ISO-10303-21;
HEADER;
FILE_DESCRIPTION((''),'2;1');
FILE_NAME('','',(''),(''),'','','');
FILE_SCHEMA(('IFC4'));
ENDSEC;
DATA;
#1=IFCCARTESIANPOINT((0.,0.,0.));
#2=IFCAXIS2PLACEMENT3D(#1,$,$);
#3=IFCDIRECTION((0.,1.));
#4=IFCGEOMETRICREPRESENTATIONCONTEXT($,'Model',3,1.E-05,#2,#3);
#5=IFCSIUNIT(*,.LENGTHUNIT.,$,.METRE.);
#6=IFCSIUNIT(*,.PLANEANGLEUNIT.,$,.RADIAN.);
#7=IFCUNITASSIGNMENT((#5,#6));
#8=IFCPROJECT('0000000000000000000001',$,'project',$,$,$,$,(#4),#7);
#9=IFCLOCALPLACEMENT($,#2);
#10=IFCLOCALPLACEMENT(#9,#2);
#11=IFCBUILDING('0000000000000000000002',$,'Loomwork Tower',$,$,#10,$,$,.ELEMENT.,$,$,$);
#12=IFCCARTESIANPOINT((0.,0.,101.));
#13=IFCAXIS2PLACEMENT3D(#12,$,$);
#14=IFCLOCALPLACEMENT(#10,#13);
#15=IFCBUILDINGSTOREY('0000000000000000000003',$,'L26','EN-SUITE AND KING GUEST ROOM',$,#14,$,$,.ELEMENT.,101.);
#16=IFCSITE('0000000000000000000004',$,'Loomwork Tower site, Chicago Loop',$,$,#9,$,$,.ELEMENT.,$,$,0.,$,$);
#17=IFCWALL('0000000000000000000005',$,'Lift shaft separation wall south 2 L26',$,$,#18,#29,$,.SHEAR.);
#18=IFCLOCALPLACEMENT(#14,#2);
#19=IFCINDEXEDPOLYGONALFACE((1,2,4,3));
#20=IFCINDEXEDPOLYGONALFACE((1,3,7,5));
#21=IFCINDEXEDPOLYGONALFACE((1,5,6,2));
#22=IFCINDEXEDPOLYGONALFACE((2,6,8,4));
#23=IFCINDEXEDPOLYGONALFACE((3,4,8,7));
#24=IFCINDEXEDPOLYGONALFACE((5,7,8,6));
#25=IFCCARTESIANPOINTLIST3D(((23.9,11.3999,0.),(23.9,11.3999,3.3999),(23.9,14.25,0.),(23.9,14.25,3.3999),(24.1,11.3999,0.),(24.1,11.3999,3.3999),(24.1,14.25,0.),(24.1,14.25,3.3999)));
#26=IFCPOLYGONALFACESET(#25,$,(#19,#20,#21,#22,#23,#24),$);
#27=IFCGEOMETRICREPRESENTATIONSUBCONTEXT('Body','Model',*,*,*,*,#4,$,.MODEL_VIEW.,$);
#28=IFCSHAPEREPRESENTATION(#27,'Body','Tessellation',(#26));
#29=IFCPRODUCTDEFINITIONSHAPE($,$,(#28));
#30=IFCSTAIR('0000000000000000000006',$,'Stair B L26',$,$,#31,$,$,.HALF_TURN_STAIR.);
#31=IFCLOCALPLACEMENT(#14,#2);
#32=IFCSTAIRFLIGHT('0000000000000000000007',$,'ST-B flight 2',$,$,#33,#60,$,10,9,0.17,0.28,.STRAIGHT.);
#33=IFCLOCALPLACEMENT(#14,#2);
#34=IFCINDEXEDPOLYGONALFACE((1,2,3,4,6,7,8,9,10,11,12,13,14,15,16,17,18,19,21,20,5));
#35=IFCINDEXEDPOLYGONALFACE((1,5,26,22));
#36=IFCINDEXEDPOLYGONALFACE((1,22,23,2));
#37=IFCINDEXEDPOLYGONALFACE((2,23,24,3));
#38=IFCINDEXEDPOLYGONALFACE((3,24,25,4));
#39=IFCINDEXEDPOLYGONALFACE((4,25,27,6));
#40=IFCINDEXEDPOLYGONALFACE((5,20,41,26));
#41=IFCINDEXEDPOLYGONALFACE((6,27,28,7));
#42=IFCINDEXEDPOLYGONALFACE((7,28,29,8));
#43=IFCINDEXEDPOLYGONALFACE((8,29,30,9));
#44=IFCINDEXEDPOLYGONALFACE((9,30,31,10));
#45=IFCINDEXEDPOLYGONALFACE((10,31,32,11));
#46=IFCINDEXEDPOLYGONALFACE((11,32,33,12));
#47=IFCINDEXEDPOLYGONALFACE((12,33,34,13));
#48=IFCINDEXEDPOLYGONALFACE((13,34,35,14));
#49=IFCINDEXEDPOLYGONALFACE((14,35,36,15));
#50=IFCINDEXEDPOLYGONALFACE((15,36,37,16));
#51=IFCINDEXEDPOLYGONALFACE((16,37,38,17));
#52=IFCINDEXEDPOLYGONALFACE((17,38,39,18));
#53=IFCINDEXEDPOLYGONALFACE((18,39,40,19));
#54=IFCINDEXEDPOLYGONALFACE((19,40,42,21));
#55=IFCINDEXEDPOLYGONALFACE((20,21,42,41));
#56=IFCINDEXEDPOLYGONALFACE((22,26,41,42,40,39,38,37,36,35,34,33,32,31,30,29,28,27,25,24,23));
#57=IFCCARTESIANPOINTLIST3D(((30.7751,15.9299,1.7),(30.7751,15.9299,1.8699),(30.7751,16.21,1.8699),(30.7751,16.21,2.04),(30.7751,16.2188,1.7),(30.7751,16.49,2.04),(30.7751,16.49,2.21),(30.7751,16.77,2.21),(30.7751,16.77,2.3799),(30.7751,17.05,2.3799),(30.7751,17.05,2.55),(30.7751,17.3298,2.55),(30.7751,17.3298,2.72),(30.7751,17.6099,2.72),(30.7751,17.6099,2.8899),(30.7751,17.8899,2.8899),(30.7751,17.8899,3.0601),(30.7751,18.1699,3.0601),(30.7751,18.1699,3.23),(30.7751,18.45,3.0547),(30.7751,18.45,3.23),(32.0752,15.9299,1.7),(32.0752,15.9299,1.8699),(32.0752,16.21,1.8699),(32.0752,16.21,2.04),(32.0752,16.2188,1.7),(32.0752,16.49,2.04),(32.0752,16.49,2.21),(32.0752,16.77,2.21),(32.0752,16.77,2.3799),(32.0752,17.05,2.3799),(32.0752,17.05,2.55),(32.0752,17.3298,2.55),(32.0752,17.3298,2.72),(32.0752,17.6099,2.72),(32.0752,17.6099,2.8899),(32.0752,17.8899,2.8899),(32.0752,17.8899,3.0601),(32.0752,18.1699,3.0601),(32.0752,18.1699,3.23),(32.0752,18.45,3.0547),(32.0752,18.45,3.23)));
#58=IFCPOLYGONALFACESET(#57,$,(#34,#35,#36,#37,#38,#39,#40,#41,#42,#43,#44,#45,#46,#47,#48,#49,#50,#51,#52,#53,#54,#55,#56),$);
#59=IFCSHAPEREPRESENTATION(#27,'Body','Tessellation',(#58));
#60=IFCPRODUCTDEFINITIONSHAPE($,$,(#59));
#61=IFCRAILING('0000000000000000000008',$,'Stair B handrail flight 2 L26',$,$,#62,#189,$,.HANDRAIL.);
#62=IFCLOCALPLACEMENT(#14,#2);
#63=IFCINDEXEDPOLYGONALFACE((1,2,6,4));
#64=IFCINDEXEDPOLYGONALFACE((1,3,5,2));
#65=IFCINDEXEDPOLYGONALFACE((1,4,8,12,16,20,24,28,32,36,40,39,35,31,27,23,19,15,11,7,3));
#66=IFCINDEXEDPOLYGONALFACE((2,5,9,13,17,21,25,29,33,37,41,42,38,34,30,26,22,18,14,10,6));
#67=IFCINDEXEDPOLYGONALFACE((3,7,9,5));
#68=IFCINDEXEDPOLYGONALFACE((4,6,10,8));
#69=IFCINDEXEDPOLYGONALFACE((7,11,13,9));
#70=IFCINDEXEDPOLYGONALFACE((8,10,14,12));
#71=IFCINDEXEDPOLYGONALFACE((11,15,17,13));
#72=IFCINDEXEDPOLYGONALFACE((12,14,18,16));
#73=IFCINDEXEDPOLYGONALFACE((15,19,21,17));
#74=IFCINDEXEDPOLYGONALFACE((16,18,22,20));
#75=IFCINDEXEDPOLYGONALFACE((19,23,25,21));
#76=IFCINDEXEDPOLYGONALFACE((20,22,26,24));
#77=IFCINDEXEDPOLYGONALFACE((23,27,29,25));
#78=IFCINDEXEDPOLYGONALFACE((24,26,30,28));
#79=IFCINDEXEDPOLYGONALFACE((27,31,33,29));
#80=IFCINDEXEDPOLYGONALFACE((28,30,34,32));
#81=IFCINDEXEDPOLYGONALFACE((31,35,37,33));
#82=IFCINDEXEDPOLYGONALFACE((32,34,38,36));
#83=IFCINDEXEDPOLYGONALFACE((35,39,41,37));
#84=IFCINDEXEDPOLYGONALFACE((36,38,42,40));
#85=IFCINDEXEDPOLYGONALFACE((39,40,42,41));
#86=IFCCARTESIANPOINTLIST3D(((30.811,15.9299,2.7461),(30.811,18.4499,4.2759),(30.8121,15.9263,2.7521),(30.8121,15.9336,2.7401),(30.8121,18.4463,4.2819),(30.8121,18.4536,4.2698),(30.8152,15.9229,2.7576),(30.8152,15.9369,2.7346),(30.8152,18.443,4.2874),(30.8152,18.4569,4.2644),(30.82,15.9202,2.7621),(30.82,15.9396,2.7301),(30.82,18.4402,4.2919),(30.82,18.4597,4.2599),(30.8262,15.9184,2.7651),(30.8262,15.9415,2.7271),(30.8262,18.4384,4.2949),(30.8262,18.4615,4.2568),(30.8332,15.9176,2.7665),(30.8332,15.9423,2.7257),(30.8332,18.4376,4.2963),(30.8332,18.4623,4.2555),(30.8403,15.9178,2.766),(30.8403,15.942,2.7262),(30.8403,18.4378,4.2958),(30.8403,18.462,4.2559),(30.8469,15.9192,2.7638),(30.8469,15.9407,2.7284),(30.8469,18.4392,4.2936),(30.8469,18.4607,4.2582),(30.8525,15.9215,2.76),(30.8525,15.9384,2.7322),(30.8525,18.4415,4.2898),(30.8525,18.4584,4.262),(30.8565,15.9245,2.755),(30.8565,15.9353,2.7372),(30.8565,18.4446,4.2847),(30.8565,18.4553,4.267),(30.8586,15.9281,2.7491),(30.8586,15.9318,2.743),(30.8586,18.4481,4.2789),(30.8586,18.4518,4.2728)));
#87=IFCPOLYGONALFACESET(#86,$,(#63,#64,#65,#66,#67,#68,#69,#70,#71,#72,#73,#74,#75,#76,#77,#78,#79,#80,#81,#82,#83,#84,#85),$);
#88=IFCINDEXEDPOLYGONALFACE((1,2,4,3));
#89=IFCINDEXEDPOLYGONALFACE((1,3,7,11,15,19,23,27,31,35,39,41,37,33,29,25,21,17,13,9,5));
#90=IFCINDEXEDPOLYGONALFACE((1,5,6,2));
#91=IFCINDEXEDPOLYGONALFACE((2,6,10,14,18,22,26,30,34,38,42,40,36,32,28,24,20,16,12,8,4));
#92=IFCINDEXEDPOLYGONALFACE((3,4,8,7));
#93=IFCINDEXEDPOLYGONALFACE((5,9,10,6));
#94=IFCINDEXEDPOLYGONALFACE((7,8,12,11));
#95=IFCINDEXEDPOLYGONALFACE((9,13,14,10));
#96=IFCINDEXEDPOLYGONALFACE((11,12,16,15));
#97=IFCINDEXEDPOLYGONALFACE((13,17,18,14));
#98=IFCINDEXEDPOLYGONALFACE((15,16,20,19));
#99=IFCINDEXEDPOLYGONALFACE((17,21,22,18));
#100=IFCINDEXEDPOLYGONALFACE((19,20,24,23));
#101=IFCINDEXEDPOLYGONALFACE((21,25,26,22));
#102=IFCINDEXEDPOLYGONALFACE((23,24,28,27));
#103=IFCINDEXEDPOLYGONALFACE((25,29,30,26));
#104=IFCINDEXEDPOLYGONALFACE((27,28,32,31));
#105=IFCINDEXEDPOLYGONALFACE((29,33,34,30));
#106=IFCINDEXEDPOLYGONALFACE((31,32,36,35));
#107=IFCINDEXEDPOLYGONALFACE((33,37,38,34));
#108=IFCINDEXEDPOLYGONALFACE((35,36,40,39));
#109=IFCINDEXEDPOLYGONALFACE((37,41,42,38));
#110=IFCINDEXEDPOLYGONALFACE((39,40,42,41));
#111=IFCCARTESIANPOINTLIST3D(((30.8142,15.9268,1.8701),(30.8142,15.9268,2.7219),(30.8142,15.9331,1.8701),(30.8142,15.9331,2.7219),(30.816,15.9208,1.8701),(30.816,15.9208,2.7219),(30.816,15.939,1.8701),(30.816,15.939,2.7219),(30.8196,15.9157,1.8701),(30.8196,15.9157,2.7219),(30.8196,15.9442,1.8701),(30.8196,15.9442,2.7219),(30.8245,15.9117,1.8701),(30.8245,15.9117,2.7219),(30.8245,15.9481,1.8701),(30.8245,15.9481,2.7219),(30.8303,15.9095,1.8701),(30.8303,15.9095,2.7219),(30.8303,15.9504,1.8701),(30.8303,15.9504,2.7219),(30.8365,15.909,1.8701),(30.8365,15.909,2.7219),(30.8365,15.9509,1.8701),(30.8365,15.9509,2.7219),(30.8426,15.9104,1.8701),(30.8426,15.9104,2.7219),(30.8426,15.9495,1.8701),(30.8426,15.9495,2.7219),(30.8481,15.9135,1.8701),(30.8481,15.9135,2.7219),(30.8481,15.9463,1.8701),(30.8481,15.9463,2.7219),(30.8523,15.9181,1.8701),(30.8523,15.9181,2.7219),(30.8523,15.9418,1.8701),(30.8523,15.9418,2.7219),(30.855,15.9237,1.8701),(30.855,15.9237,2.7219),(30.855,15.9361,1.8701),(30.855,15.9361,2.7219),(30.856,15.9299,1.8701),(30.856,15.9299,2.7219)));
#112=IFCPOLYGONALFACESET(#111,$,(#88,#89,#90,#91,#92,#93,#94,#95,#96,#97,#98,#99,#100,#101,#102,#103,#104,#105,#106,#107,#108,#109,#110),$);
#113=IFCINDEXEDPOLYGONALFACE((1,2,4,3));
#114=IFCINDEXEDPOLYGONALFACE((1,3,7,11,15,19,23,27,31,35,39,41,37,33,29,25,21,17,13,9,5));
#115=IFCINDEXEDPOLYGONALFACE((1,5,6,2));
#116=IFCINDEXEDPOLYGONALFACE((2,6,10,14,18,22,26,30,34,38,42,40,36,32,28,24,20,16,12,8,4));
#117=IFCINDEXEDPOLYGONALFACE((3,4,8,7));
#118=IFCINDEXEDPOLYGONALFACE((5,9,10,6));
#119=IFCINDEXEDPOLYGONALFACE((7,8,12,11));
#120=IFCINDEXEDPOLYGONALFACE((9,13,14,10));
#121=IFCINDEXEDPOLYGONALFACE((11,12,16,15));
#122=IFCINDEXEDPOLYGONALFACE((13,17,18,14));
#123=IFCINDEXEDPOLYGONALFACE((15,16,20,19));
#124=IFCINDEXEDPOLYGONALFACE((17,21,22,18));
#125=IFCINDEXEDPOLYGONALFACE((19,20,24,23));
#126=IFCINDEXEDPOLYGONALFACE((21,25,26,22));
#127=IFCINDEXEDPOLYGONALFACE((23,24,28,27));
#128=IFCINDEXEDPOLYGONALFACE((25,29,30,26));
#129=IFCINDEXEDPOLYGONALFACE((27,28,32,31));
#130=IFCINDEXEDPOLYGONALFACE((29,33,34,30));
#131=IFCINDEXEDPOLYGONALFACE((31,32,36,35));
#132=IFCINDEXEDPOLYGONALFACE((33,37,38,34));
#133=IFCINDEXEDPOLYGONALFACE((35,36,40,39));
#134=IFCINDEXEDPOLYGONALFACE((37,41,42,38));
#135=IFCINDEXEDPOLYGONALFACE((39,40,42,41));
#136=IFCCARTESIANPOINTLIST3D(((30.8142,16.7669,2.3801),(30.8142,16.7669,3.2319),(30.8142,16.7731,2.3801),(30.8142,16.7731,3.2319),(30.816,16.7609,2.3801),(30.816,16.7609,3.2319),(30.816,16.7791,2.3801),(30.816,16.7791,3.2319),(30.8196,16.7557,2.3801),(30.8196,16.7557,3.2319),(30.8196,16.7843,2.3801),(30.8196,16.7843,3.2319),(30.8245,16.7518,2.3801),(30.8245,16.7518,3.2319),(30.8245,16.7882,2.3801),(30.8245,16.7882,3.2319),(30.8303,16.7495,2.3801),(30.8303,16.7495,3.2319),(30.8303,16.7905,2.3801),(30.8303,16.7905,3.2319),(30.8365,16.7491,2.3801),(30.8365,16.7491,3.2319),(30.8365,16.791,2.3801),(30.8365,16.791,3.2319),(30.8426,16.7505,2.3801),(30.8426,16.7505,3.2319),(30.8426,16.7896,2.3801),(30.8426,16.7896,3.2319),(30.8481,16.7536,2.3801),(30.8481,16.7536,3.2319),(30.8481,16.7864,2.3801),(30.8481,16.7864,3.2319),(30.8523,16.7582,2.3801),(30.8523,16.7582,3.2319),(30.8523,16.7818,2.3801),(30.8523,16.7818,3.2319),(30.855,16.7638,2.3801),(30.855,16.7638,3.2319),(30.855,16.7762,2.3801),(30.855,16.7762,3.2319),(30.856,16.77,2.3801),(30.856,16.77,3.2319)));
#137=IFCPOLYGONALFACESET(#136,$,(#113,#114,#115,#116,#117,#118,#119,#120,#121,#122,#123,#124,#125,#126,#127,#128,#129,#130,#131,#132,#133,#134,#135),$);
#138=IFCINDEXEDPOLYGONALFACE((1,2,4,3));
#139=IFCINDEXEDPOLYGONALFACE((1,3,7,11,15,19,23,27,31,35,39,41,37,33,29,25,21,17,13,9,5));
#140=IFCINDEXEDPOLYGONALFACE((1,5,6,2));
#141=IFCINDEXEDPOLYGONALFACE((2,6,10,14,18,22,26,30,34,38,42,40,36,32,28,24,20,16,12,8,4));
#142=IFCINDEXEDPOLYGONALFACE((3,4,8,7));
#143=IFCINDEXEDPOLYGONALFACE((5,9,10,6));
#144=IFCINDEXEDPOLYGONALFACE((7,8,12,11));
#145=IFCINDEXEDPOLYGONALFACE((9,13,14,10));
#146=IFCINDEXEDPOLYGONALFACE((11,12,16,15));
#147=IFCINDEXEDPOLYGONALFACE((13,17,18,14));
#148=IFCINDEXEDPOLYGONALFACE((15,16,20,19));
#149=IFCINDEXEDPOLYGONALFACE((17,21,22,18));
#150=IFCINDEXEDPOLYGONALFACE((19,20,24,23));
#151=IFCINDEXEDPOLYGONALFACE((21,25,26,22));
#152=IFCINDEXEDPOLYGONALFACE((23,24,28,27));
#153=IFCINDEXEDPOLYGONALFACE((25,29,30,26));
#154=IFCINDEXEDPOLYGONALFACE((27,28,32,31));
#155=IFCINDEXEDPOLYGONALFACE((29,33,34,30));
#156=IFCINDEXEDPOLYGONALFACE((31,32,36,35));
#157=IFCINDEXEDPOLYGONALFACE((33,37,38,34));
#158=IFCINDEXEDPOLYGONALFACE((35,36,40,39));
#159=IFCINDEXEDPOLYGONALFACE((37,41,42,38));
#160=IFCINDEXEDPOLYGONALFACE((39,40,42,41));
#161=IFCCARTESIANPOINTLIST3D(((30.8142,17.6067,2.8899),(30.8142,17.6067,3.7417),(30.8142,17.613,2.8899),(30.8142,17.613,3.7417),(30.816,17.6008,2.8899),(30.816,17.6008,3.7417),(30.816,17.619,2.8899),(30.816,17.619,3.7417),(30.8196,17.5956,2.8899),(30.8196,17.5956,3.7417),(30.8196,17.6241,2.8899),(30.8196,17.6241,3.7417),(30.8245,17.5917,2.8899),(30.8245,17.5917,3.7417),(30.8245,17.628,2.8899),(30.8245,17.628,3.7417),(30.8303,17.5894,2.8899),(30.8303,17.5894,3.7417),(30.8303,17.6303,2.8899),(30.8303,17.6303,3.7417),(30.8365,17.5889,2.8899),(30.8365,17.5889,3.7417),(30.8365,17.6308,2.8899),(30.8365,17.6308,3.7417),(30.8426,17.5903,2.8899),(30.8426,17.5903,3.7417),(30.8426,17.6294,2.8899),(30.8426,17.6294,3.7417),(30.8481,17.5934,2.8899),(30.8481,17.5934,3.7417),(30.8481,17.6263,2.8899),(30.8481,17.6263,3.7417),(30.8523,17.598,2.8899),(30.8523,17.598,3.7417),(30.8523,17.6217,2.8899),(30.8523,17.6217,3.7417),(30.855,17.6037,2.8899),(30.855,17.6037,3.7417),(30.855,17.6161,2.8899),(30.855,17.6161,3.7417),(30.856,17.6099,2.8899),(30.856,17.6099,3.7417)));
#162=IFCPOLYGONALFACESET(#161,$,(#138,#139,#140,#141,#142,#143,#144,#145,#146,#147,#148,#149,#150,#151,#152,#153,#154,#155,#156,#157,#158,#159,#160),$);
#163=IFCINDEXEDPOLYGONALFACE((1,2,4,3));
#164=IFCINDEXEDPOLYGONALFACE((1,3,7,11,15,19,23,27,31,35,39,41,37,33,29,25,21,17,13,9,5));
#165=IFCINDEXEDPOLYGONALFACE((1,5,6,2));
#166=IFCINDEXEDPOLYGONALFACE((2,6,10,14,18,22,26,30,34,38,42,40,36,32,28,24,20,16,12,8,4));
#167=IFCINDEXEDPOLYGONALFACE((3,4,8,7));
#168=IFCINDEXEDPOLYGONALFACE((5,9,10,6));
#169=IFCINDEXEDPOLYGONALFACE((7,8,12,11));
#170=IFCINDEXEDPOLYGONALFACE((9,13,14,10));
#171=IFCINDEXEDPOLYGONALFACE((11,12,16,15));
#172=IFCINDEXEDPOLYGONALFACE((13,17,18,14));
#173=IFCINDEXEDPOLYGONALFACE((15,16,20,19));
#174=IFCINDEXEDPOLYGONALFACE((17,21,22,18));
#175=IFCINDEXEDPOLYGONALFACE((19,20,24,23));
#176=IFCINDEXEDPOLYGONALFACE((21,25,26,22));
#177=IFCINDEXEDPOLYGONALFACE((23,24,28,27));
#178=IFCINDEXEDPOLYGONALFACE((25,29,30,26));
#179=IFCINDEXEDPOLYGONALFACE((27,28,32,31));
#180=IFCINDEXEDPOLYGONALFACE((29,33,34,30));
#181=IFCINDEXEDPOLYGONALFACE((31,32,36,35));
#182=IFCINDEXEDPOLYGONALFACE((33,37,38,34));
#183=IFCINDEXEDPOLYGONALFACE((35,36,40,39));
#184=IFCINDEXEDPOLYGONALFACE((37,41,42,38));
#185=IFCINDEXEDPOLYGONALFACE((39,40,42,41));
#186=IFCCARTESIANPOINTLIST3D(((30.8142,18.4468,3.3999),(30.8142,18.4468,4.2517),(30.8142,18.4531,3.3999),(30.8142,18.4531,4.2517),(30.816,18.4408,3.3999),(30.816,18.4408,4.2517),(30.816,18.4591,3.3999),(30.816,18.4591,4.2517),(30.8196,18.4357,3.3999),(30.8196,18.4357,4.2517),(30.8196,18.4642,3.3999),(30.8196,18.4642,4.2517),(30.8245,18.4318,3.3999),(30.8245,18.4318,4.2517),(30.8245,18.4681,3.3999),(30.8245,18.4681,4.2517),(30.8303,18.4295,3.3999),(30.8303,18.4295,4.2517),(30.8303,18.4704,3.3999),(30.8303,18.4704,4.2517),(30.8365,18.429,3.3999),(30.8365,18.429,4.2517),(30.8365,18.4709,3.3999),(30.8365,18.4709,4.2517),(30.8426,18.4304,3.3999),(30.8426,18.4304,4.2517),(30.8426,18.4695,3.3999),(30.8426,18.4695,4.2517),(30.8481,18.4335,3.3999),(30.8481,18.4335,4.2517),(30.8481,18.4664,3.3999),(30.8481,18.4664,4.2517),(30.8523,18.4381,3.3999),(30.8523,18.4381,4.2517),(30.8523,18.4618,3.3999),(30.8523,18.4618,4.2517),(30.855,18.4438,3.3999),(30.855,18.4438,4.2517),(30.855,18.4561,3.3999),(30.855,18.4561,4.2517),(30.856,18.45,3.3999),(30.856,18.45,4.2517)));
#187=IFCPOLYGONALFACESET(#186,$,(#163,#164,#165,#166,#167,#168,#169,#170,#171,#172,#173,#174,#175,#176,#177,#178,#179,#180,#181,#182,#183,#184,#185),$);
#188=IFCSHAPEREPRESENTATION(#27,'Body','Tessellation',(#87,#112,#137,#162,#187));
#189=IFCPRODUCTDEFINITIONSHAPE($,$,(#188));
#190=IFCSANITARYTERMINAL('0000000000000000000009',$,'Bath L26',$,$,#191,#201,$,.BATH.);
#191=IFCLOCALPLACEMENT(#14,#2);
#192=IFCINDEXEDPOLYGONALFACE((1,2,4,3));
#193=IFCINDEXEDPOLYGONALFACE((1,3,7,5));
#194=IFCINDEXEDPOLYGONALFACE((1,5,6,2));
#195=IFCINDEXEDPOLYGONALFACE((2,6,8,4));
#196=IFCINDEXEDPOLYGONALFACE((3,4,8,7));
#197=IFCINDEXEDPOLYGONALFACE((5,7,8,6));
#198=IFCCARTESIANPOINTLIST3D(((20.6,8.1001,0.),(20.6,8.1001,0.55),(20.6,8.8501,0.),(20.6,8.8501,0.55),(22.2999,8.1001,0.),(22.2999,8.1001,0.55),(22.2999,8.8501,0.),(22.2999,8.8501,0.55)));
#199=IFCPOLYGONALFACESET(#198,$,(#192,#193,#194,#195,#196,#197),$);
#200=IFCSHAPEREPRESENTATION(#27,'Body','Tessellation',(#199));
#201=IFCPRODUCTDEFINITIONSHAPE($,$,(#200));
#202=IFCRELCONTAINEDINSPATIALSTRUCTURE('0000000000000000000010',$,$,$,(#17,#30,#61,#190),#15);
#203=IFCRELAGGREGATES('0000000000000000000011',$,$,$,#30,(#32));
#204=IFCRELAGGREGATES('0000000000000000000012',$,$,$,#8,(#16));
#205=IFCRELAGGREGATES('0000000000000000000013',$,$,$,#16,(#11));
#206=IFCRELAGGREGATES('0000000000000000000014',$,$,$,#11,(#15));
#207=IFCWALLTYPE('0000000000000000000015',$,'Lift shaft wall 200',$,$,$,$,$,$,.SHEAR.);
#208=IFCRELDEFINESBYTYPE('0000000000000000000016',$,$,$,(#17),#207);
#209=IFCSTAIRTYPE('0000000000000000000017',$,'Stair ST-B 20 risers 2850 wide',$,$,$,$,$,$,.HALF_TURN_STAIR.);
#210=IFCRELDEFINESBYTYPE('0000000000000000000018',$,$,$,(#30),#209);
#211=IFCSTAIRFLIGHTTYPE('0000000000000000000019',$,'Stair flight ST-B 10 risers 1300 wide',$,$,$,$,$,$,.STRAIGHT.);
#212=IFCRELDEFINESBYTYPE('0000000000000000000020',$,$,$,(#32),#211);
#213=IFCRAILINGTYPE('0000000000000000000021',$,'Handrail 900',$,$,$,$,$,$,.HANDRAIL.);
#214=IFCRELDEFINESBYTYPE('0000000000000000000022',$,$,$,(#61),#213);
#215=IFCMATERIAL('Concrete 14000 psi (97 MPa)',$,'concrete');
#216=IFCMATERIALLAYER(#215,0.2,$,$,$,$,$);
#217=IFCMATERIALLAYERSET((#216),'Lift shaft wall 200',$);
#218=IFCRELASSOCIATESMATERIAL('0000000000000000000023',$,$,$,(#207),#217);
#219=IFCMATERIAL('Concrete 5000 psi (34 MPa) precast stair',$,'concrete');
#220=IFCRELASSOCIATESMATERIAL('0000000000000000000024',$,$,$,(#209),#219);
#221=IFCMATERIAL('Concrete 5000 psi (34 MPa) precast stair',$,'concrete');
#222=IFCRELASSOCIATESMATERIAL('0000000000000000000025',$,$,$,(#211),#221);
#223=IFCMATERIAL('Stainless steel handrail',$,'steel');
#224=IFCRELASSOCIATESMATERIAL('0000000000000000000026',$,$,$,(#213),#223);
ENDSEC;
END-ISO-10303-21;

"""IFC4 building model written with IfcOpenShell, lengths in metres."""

from ifc_helpers import new_model, si_unit, direction, frame, frame_2d, origin, origin_2d, place, context, subcontext, project, spatial, polyline, rectangle, circle, outline, extrude, material, layer, layer_set, type_object, element, aggregate, save


model = new_model("IFC4")

# Units and contexts
model_context = context("Model", 3, precision=1e-05, world=origin(), true_north=direction((0.0, 1.0)))
body_context = subcontext(model_context, "Body", "Model", "MODEL_VIEW")
ifc_project = project(units=[si_unit("LENGTHUNIT", "METRE"), si_unit("PLANEANGLEUNIT", "RADIAN")], contexts=[model_context])

# Site, building, storey
site_placement = place(None, origin())
site = spatial("IfcSite", under=ifc_project, at=site_placement, Name="Loomwork Tower site, Chicago Loop", CompositionType="ELEMENT", RefElevation=0.0)
building_placement = place(site_placement, origin())
building = spatial("IfcBuilding", under=site, at=building_placement, Name="Loomwork Tower", CompositionType="ELEMENT")
storey_placement = place(building_placement, frame((0.0, 0.0, 101.0)))
storey = spatial("IfcBuildingStorey", under=building, at=storey_placement, Name="L26", Description="EN-SUITE AND KING GUEST ROOM", CompositionType="ELEMENT", Elevation=101.0)

# Wall
ifc_material_1 = material(Name="Concrete 14000 psi (97 MPa)", Category="concrete")
ifc_layer_1 = layer(ifc_material_1, 0.2)
ifc_layer_set_1 = layer_set([ifc_layer_1], Name="Lift shaft wall 200")
wall_type_1 = type_object("IfcWallType", Name="Lift shaft wall 200", PredefinedType="SHEAR", material=ifc_layer_set_1)
for number, where, z_axis, x_axis, name in (
    (1, (24.0, 11.3999, 0.0), (0.0, 0.0, 1.0), (0.0, 1.0, 0.0), "Lift shaft separation wall south 2 L26"),
):
    element("IfcWall", number, at=place(storey_placement, frame(where, z_axis=z_axis, x_axis=x_axis)), inside=storey, type_object=wall_type_1, Name=name, PredefinedType="SHEAR", context=body_context, shape_type="SweptSolid", body=[
        extrude(rectangle(XDim=2.8501, YDim=0.2, at=frame_2d((1.425, 0.0))), origin(), (0.0, 0.0, 1.0), 3.3999),
    ])

# Stair, stair flight
ifc_material_2 = material(Name="Concrete 5000 psi (34 MPa) precast stair", Category="concrete")
stair_type = type_object("IfcStairType", Name="Stair ST-B 20 risers 2850 wide", PredefinedType="HALF_TURN_STAIR", material=ifc_material_2)
stair_placement = place(storey_placement, origin())
stair = element("IfcStair", 2, at=stair_placement, inside=storey, type_object=stair_type, Name="Stair B L26", PredefinedType="HALF_TURN_STAIR")
ifc_material_3 = material(Name="Concrete 5000 psi (34 MPa) precast stair", Category="concrete")
stair_flight_type = type_object("IfcStairFlightType", Name="Stair flight ST-B 10 risers 1300 wide", PredefinedType="STRAIGHT", material=ifc_material_3)
stair_flight_placement = place(storey_placement, frame((31.425, 15.9299, 1.7), z_axis=(0.0, 0.0, 1.0), x_axis=(0.0, 1.0, 0.0)))
stair_flight = element("IfcStairFlight", 3, at=stair_flight_placement, type_object=stair_flight_type, Name="ST-B flight 2", NumberOfRisers=10, NumberOfTreads=9, PredefinedType="STRAIGHT", RiserHeight=0.17, TreadLength=0.28, context=body_context, shape_type="SweptSolid", body=[
    extrude(outline(polyline([(0.0, 0.0), (0.0, 0.1699), (0.28, 0.1699), (0.28, 0.3401), (0.5601, 0.3401), (0.5601, 0.51), (0.8401, 0.51), (0.8401, 0.6799), (1.1201, 0.6799), (1.1201, 0.8501), (1.3999, 0.8501), (1.3999, 1.02), (1.6799, 1.02), (1.6799, 1.1899), (1.96, 1.1899), (1.96, 1.3601), (2.24, 1.3601), (2.24, 1.53), (2.52, 1.53), (2.52, 1.7), (2.52, 1.3547), (0.2888, 0.0), (0.0, 0.0)])), frame((0.0, 0.6499, 0.0), z_axis=(0.0, -1.0, 0.0), x_axis=(1.0, 0.0, 0.0)), (0.0, 0.0, 1.0), 1.3),
])
aggregate(stair, [stair_flight])

# Railing
ifc_material_4 = material(Name="Stainless steel handrail", Category="steel")
railing_type = type_object("IfcRailingType", Name="Handrail 900", PredefinedType="HANDRAIL", material=ifc_material_4)
railing_placement = place(storey_placement, frame((30.835, 15.9299, 1.8701)))
element("IfcRailing", 4, at=railing_placement, inside=storey, type_object=railing_type, Name="Stair B handrail flight 2 L26", PredefinedType="HANDRAIL", context=body_context, shape_type="SweptSolid", body=[
    extrude(circle(Radius=0.0239, at=origin_2d()), frame((0.0, 0.0, 0.876), z_axis=(0.0, 0.854822, 0.518922), x_axis=(-1.0, 0.0, 0.0)), (0.0, 0.0, 1.0), 2.948),
    extrude(circle(Radius=0.021, at=origin_2d()), origin(), (0.0, 0.0, 1.0), 0.8518),
    extrude(circle(Radius=0.021, at=origin_2d()), frame((0.0, 0.8401, 0.51)), (0.0, 0.0, 1.0), 0.8518),
    extrude(circle(Radius=0.021, at=origin_2d()), frame((0.0, 1.6799, 1.0198)), (0.0, 0.0, 1.0), 0.8518),
    extrude(circle(Radius=0.021, at=origin_2d()), frame((0.0, 2.52, 1.5298)), (0.0, 0.0, 1.0), 0.8518),
])

# Sanitary terminal
sanitary_terminal_1_placement = place(storey_placement, frame((21.45, 8.4751, 0.0), z_axis=(0.0, 0.0, 1.0), x_axis=(1.0, 0.0, 0.0)))
element("IfcSanitaryTerminal", 5, at=sanitary_terminal_1_placement, inside=storey, Name="Bath L26", PredefinedType="BATH", context=body_context, shape_type="SweptSolid", body=[
    extrude(rectangle(XDim=1.7, YDim=0.75, at=origin_2d()), origin(), (0.0, 0.0, 1.0), 0.55),
])

save(model, "model.ifc")
